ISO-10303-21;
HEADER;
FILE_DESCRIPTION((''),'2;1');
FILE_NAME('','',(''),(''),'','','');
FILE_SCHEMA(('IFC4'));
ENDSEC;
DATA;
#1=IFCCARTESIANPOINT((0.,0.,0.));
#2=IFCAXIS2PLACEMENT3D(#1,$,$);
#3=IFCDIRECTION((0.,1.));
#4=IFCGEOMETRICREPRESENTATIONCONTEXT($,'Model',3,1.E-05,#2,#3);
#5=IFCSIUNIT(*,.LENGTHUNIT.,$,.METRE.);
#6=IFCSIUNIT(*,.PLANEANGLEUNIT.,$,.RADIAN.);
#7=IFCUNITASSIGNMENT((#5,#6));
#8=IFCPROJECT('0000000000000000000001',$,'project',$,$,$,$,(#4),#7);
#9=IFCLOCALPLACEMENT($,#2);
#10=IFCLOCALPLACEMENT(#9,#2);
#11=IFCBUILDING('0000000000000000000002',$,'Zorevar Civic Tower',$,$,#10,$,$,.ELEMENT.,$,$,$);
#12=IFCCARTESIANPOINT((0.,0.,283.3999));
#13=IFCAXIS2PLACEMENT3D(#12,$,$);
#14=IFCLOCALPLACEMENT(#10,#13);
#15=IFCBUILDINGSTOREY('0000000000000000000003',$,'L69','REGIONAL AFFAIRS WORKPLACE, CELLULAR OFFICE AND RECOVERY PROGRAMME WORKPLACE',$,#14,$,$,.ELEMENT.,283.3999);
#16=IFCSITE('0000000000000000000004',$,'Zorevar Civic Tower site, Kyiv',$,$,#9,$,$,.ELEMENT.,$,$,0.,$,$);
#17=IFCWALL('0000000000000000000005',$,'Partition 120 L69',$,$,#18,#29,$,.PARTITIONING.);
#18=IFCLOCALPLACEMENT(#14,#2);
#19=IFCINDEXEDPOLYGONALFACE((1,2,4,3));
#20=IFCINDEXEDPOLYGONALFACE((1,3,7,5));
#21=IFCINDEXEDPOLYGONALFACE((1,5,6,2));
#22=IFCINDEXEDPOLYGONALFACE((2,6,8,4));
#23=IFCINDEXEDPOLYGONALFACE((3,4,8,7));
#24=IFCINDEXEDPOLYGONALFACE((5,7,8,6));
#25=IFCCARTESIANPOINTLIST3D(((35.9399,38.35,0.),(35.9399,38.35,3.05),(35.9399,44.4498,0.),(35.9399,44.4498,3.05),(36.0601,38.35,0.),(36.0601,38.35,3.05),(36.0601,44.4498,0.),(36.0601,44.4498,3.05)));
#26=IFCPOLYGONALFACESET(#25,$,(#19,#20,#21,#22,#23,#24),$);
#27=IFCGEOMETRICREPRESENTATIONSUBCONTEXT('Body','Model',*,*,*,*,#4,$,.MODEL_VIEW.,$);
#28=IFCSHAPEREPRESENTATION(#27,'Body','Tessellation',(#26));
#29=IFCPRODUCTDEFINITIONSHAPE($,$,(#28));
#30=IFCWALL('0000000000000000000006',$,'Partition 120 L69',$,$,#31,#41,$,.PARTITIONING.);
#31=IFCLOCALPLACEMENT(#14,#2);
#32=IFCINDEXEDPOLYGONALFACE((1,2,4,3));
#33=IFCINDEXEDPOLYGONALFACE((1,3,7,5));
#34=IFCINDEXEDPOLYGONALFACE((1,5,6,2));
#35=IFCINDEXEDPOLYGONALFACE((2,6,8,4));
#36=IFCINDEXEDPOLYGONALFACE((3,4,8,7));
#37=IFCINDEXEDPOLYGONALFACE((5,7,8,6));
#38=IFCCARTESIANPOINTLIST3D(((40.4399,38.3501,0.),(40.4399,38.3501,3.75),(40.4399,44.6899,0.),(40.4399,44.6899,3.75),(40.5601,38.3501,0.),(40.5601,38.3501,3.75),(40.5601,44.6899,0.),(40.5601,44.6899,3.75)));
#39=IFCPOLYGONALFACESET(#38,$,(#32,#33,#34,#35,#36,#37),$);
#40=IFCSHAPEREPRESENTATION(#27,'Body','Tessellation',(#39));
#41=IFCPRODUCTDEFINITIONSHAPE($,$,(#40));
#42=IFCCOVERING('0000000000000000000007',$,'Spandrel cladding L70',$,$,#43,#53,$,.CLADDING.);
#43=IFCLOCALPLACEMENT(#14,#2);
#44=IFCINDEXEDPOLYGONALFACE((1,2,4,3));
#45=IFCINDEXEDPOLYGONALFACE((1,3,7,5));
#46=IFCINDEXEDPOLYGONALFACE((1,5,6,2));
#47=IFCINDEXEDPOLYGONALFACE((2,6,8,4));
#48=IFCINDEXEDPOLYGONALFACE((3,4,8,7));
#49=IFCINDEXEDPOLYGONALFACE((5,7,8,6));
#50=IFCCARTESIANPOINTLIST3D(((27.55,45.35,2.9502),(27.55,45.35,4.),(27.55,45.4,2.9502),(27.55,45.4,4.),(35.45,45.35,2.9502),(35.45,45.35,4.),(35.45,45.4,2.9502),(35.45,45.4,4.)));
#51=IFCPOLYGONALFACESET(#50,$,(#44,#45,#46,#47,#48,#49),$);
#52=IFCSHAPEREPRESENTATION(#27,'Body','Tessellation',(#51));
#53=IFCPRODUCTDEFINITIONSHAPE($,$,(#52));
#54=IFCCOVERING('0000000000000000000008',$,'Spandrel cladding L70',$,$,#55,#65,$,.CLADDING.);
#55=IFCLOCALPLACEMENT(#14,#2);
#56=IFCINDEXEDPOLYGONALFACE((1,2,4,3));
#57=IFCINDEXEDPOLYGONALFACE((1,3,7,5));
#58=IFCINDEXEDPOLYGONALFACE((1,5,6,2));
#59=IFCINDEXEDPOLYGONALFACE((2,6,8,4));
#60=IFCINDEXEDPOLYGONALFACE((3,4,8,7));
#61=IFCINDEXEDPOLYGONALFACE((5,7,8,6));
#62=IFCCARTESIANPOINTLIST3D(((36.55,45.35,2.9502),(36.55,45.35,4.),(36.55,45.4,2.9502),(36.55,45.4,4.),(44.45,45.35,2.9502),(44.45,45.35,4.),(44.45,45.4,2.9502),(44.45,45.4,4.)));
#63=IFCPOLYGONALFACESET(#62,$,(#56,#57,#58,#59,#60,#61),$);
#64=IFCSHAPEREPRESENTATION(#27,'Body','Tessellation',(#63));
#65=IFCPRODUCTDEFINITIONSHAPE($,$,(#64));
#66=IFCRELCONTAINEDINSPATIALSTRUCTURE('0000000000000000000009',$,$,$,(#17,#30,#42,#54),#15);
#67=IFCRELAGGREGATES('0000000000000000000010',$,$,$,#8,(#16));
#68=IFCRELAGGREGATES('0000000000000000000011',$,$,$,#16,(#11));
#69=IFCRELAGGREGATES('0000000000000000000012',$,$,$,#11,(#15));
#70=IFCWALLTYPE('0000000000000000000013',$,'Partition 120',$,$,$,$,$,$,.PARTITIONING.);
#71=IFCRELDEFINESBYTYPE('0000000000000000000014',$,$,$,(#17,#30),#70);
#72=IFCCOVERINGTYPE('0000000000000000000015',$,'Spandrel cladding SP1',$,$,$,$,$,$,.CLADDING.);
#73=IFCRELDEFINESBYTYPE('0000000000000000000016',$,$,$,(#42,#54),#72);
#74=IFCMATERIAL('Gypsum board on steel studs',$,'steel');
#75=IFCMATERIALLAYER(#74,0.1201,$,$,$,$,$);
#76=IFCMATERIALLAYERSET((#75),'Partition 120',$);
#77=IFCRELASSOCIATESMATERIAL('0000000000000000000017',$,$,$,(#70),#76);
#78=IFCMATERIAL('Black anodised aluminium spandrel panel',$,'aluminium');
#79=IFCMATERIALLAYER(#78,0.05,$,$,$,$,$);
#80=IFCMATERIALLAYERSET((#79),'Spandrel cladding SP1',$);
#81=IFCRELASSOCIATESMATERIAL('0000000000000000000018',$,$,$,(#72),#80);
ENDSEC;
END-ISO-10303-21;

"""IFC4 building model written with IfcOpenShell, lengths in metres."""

from ifc_helpers import new_model, si_unit, direction, frame, frame_2d, origin, place, context, subcontext, project, spatial, rectangle, extrude, material, layer, layer_set, type_object, element, save


model = new_model("IFC4")

# Units and contexts
model_context = context("Model", 3, precision=1e-05, world=origin(), true_north=direction((0.0, 1.0)))
body_context = subcontext(model_context, "Body", "Model", "MODEL_VIEW")
ifc_project = project(units=[si_unit("LENGTHUNIT", "METRE"), si_unit("PLANEANGLEUNIT", "RADIAN")], contexts=[model_context])

# Site, building, storey
site_placement = place(None, origin())
site = spatial("IfcSite", under=ifc_project, at=site_placement, Name="Zorevar Civic Tower site, Kyiv", CompositionType="ELEMENT", RefElevation=0.0)
building_placement = place(site_placement, origin())
building = spatial("IfcBuilding", under=site, at=building_placement, Name="Zorevar Civic Tower", CompositionType="ELEMENT")
storey_placement = place(building_placement, frame((0.0, 0.0, 283.3999)))
storey = spatial("IfcBuildingStorey", under=building, at=storey_placement, Name="L69", Description="REGIONAL AFFAIRS WORKPLACE, CELLULAR OFFICE AND RECOVERY PROGRAMME WORKPLACE", CompositionType="ELEMENT", Elevation=283.3999)

# Shared definitions
ifc_material_1 = material(Name="Gypsum board on steel studs", Category="steel")
ifc_layer_1 = layer(ifc_material_1, 0.1201)
ifc_layer_set_1 = layer_set([ifc_layer_1], Name="Partition 120")
wall_type = type_object("IfcWallType", Name="Partition 120", PredefinedType="PARTITIONING", material=ifc_layer_set_1)

# Walls
wall_1_placement = place(storey_placement, frame((36.0, 38.3501, 0.0), z_axis=(0.0, 0.0, 1.0), x_axis=(0.0, 1.0, 0.0)))
element("IfcWall", 1, at=wall_1_placement, inside=storey, type_object=wall_type, Name="Partition 120 L69", PredefinedType="PARTITIONING", context=body_context, shape_type="SweptSolid", body=[
    extrude(rectangle(XDim=6.0999, YDim=0.1201, at=frame_2d((3.0498, 0.0))), origin(), (0.0, 0.0, 1.0), 3.05),
])
wall_2_placement = place(storey_placement, frame((40.5, 38.3501, 0.0), z_axis=(0.0, 0.0, 1.0), x_axis=(0.0, 1.0, 0.0)))
element("IfcWall", 2, at=wall_2_placement, inside=storey, type_object=wall_type, Name="Partition 120 L69", PredefinedType="PARTITIONING", context=body_context, shape_type="SweptSolid", body=[
    extrude(rectangle(XDim=6.3398, YDim=0.1201, at=frame_2d((3.1699, 0.0))), origin(), (0.0, 0.0, 1.0), 3.75),
])

# Coverings
ifc_material_2 = material(Name="Black anodised aluminium spandrel panel", Category="aluminium")
ifc_layer_2 = layer(ifc_material_2, 0.05)
ifc_layer_set_2 = layer_set([ifc_layer_2], Name="Spandrel cladding SP1")
covering_type = type_object("IfcCoveringType", Name="Spandrel cladding SP1", PredefinedType="CLADDING", material=ifc_layer_set_2)
for number, where, z_axis, x_axis, name in (
    (3, (27.55, 45.375, 2.9502), (0.0, 0.0, 1.0), (1.0, 0.0, 0.0), "Spandrel cladding L70"),
    (4, (36.55, 45.375, 2.9502), (0.0, 0.0, 1.0), (1.0, 0.0, 0.0), "Spandrel cladding L70"),
):
    element("IfcCovering", number, at=place(storey_placement, frame(where, z_axis=z_axis, x_axis=x_axis)), inside=storey, type_object=covering_type, Name=name, PredefinedType="CLADDING", context=body_context, shape_type="SweptSolid", body=[
        extrude(rectangle(XDim=7.8999, YDim=0.05, at=frame_2d((3.95, 0.0))), origin(), (0.0, 0.0, 1.0), 1.0498),
    ])

save(model, "model.ifc")
